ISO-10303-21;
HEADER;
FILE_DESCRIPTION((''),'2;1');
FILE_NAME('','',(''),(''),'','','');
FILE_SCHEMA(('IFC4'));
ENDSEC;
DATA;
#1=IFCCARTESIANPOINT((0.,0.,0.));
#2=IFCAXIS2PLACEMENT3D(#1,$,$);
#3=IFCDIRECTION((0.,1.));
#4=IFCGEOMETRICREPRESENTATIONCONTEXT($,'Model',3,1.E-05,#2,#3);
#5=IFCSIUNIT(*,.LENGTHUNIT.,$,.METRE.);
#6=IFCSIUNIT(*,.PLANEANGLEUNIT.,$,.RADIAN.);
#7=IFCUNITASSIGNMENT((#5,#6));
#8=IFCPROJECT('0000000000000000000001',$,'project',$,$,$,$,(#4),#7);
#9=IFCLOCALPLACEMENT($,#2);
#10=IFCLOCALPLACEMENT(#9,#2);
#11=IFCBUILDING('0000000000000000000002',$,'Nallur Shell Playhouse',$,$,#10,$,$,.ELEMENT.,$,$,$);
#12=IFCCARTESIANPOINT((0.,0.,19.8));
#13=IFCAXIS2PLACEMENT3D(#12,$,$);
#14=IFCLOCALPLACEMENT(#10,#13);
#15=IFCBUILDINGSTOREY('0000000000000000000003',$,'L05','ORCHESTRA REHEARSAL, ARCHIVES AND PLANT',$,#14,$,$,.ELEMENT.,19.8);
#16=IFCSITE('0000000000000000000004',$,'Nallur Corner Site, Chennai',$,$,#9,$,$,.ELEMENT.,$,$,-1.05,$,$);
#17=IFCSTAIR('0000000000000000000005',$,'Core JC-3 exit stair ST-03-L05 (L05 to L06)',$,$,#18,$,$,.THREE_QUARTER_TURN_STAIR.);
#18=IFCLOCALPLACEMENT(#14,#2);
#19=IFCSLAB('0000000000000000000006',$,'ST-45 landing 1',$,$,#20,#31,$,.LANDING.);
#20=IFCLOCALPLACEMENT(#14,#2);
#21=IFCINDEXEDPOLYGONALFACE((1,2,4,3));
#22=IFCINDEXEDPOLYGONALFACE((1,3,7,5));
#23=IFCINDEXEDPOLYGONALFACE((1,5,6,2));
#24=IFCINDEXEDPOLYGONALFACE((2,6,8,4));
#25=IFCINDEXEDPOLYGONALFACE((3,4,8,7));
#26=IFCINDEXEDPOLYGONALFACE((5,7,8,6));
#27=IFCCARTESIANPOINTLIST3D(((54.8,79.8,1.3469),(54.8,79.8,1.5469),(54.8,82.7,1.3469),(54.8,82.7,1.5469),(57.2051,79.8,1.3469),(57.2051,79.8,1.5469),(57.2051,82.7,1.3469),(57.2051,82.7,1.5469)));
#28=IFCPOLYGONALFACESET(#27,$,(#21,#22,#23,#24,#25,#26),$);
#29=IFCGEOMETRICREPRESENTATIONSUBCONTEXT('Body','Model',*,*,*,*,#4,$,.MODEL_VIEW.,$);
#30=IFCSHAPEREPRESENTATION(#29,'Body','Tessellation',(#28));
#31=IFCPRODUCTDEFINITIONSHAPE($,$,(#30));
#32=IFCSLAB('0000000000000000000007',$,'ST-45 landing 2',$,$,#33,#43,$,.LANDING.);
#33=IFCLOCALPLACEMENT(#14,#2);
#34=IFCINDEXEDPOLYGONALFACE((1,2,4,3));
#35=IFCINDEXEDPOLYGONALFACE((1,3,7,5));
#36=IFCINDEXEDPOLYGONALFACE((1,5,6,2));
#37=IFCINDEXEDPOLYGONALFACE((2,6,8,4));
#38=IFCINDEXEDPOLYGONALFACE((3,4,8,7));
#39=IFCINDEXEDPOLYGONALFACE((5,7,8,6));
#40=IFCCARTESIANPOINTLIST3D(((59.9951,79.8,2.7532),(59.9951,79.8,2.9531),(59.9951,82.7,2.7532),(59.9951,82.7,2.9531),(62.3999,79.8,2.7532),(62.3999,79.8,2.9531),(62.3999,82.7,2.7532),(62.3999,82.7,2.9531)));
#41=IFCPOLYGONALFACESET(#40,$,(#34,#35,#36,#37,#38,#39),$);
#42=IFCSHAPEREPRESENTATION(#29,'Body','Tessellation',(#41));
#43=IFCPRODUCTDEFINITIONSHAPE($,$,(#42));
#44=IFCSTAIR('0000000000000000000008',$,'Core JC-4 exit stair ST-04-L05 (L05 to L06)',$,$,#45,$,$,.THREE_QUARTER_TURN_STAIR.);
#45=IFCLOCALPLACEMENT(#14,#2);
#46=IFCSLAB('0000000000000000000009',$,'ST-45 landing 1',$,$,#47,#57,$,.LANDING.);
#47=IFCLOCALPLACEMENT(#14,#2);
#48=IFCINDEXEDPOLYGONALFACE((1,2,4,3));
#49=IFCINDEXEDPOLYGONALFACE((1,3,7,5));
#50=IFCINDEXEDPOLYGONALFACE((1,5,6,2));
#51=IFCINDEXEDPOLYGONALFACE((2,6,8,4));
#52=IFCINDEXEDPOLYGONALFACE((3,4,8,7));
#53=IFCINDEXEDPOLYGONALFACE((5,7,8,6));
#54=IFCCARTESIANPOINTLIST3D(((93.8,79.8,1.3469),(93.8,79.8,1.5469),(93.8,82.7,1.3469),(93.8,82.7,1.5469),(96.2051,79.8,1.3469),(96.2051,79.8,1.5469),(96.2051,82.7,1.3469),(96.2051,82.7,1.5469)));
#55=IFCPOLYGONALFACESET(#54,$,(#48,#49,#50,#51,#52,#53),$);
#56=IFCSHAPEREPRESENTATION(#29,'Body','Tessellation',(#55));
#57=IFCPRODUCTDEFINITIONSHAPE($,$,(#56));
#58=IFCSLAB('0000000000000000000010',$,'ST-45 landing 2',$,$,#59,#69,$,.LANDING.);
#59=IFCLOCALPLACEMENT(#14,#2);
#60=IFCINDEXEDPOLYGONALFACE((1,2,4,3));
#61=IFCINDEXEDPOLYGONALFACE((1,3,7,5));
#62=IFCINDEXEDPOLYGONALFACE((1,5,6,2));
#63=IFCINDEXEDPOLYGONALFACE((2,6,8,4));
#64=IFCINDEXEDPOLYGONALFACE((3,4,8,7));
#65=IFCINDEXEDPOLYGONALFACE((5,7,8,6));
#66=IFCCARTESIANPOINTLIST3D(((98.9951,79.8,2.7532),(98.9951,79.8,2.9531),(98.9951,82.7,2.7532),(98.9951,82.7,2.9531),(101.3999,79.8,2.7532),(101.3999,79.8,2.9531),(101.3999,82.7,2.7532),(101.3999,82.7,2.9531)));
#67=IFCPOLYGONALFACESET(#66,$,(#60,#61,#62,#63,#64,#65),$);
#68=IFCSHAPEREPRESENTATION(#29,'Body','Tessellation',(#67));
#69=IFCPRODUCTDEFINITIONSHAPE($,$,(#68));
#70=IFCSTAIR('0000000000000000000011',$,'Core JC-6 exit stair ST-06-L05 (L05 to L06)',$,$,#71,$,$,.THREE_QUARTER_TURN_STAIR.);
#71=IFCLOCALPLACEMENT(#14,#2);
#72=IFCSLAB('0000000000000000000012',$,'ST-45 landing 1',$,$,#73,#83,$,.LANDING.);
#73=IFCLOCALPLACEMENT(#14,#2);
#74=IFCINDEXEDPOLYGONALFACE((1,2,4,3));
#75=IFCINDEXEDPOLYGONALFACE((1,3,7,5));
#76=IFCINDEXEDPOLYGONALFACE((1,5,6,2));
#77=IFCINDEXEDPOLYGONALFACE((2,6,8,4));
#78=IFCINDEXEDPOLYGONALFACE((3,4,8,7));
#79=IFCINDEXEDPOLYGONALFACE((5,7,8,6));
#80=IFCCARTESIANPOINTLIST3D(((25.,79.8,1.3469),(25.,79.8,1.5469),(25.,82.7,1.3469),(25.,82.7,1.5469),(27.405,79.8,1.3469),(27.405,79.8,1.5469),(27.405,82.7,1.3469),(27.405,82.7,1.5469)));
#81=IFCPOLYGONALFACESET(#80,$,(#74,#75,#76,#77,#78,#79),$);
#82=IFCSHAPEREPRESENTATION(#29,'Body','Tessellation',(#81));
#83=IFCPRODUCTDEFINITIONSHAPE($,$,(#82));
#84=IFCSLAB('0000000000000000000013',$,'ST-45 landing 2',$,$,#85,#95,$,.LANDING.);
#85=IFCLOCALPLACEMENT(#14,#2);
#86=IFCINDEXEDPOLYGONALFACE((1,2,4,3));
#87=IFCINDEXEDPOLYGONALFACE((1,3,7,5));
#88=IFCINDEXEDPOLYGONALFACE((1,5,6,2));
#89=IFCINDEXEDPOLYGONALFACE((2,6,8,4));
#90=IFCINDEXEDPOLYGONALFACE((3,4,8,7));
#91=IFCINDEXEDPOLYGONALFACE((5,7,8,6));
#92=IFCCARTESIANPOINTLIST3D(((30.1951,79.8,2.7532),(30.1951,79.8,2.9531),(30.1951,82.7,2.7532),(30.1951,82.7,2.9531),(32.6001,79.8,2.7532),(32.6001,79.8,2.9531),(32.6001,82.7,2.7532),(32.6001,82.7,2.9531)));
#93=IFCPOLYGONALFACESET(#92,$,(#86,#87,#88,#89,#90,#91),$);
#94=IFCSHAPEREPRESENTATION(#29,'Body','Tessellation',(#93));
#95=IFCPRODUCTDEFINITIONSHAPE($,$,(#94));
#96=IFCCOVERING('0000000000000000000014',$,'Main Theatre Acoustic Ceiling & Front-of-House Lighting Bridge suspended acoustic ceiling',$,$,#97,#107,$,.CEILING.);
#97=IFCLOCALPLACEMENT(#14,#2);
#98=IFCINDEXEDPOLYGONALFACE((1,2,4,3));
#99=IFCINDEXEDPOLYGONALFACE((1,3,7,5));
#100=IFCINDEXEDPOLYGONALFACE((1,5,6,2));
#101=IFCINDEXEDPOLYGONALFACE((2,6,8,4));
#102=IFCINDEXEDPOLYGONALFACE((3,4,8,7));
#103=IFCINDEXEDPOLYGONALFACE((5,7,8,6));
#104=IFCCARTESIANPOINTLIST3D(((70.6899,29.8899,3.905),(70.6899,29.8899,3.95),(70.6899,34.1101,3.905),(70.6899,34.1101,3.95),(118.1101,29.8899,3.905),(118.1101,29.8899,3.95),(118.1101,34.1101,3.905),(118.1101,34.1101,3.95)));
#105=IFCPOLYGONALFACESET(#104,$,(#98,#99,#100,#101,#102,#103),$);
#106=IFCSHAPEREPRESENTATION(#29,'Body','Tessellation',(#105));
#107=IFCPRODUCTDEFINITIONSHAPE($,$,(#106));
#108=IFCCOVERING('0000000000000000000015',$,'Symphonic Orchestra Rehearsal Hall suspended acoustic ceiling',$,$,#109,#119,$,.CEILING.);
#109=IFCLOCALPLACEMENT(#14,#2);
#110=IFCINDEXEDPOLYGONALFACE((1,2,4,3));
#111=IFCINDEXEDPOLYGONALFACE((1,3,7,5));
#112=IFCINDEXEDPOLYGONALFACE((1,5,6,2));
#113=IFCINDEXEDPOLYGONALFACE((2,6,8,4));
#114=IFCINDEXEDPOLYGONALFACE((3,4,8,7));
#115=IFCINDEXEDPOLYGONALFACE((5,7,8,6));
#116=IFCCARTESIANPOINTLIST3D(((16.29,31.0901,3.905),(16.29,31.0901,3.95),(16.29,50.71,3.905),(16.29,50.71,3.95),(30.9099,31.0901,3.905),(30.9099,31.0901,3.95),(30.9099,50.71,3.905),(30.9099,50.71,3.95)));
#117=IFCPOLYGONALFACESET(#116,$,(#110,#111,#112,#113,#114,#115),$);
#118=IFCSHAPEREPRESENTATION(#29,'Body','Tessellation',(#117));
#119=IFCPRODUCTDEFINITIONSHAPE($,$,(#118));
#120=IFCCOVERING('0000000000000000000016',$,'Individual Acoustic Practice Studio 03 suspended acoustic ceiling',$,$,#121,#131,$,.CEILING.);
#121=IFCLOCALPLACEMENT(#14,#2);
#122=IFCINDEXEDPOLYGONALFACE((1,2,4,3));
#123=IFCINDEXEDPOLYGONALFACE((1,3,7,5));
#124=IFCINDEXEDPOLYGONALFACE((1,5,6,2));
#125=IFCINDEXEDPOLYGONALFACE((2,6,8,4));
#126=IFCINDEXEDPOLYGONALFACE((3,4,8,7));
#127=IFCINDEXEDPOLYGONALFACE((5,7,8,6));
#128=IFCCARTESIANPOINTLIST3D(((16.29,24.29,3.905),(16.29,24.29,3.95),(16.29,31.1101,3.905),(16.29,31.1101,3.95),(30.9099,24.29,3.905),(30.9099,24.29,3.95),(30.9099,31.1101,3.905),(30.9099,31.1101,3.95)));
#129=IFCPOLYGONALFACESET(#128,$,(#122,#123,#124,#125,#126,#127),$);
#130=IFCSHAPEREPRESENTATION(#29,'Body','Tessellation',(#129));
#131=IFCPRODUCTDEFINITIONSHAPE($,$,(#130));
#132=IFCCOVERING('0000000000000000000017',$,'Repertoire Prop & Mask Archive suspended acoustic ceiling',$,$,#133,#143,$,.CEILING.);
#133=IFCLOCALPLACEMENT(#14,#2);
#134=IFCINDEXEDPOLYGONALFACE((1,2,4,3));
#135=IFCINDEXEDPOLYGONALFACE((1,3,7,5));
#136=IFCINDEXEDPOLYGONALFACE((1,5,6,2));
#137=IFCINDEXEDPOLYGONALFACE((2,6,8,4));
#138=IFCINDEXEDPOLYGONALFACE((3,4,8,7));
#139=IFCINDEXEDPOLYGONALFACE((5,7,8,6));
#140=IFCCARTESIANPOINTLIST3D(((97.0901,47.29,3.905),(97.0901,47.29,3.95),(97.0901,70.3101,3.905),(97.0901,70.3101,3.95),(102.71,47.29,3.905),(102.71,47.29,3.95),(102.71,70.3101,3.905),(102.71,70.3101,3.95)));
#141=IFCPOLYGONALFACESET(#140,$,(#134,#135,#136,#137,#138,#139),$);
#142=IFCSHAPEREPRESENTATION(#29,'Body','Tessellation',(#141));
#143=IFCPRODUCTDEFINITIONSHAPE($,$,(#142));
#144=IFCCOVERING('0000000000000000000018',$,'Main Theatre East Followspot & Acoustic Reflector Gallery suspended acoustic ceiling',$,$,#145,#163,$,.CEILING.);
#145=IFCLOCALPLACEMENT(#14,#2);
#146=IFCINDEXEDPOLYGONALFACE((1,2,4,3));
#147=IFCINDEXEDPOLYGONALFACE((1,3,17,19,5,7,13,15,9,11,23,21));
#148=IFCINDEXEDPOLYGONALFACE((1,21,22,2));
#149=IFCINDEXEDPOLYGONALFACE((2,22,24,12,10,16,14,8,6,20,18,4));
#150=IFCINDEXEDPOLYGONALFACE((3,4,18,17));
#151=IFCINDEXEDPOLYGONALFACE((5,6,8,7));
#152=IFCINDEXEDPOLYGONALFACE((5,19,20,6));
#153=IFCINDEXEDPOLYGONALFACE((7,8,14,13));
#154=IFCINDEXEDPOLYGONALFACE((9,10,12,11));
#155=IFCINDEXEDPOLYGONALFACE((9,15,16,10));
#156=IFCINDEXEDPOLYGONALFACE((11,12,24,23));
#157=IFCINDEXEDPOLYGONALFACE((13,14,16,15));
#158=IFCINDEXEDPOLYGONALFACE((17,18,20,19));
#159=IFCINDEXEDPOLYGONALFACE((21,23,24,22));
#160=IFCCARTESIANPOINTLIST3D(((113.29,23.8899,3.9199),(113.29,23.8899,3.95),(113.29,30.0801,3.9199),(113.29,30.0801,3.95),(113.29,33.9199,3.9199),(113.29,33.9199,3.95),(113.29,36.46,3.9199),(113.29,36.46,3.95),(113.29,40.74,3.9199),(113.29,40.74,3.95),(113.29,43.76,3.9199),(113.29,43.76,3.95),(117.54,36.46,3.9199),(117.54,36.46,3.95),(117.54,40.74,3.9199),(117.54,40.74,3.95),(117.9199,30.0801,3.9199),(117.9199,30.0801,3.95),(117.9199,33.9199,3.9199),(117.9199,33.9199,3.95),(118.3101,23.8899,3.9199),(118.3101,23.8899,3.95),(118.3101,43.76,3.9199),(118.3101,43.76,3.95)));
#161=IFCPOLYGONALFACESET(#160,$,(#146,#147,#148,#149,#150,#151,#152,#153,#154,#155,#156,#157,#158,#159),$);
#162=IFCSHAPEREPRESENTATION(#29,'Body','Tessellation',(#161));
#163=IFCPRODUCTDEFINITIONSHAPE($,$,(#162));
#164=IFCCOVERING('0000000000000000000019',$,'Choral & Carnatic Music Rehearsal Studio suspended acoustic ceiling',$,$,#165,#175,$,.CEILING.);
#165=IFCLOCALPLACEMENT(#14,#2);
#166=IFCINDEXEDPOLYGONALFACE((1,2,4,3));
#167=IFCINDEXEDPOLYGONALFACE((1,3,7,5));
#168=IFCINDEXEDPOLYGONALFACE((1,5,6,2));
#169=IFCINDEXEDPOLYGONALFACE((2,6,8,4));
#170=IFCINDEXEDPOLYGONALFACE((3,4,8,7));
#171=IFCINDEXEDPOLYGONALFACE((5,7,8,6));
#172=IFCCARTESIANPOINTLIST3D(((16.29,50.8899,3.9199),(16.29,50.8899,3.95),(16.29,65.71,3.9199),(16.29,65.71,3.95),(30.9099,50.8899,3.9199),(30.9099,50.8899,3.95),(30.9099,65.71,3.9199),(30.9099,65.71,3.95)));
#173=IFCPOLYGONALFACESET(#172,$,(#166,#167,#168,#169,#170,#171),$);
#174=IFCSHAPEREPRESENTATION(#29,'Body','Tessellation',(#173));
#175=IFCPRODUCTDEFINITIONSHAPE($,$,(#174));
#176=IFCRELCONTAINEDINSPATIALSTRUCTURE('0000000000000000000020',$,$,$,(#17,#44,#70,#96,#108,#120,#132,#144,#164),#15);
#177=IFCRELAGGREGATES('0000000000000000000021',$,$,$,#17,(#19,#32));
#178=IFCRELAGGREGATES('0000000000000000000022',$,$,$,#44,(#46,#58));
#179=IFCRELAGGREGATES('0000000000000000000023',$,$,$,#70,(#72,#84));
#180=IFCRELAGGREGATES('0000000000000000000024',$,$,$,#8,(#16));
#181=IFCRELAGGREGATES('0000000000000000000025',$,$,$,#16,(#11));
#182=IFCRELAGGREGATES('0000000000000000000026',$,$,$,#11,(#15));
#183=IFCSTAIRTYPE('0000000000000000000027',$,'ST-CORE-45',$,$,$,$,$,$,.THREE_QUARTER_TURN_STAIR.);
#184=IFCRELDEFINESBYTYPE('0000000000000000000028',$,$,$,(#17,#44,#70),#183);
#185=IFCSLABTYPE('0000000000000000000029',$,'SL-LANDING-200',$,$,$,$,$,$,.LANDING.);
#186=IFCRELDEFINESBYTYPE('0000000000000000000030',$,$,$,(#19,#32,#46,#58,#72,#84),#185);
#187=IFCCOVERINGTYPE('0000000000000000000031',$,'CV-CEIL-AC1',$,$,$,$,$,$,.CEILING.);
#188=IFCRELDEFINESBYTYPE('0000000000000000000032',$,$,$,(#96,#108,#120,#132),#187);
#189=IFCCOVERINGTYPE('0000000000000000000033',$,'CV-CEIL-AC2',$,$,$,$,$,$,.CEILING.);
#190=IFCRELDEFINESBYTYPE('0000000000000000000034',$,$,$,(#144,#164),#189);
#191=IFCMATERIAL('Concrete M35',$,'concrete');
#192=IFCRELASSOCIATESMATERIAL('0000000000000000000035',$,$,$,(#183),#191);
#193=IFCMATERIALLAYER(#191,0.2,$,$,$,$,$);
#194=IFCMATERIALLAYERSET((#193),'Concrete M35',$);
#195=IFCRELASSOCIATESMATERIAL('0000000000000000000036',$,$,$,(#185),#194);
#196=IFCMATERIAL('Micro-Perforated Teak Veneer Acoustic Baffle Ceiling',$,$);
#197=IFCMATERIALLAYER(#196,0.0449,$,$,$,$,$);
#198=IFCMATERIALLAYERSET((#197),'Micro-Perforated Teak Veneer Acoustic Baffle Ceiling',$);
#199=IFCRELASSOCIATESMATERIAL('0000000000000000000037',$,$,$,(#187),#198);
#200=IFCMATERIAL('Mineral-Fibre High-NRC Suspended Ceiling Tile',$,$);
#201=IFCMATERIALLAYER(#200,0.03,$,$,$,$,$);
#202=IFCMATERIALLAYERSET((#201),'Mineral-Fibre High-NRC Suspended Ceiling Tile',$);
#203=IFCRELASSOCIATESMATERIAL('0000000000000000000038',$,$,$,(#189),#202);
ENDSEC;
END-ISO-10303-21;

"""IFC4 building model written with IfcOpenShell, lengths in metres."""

from ifc_helpers import new_model, si_unit, direction, frame, origin, place, context, subcontext, project, spatial, polyline, outline, extrude, material, layer, layer_set, type_object, element, aggregate, save


model = new_model("IFC4")

# Units and contexts
model_context = context("Model", 3, precision=1e-05, world=origin(), true_north=direction((0.0, 1.0)))
body_context = subcontext(model_context, "Body", "Model", "MODEL_VIEW")
ifc_project = project(units=[si_unit("LENGTHUNIT", "METRE"), si_unit("PLANEANGLEUNIT", "RADIAN")], contexts=[model_context])

# Site, building, storey
site_placement = place(None, origin())
site = spatial("IfcSite", under=ifc_project, at=site_placement, Name="Nallur Corner Site, Chennai", CompositionType="ELEMENT", RefElevation=-1.05)
building_placement = place(site_placement, origin())
building = spatial("IfcBuilding", under=site, at=building_placement, Name="Nallur Shell Playhouse", CompositionType="ELEMENT")
storey_placement = place(building_placement, frame((0.0, 0.0, 19.8)))
storey = spatial("IfcBuildingStorey", under=building, at=storey_placement, Name="L05", Description="ORCHESTRA REHEARSAL, ARCHIVES AND PLANT", CompositionType="ELEMENT", Elevation=19.8)

# Stairs, slabs
ifc_material_1 = material(Name="Concrete M35", Category="concrete")
stair_type = type_object("IfcStairType", Name="ST-CORE-45", PredefinedType="THREE_QUARTER_TURN_STAIR", material=ifc_material_1)
stair_1_placement = place(storey_placement, origin())
stair_1 = element("IfcStair", 1, at=stair_1_placement, inside=storey, type_object=stair_type, Name="Core JC-3 exit stair ST-03-L05 (L05 to L06)", PredefinedType="THREE_QUARTER_TURN_STAIR")
ifc_layer_1 = layer(ifc_material_1, 0.2)
ifc_layer_set_1 = layer_set([ifc_layer_1], Name="Concrete M35")
slab_type = type_object("IfcSlabType", Name="SL-LANDING-200", PredefinedType="LANDING", material=ifc_layer_set_1)
slab_1_placement = place(storey_placement, frame((0.0, 0.0, 1.3469)))
slab_1 = element("IfcSlab", 2, at=slab_1_placement, type_object=slab_type, Name="ST-45 landing 1", PredefinedType="LANDING", context=body_context, shape_type="SweptSolid", body=[
    extrude(outline(polyline([(54.8, 79.8), (57.2051, 79.8), (57.2051, 82.7), (54.8, 82.7), (54.8, 79.8)])), origin(), (0.0, 0.0, 1.0), 0.2),
])
slab_2_placement = place(storey_placement, frame((0.0, 0.0, 2.7532)))
slab_2 = element("IfcSlab", 3, at=slab_2_placement, type_object=slab_type, Name="ST-45 landing 2", PredefinedType="LANDING", context=body_context, shape_type="SweptSolid", body=[
    extrude(outline(polyline([(59.9951, 79.8), (62.3999, 79.8), (62.3999, 82.7), (59.9951, 82.7), (59.9951, 79.8)])), origin(), (0.0, 0.0, 1.0), 0.2),
])
aggregate(stair_1, [slab_1, slab_2])
stair_2_placement = place(storey_placement, origin())
stair_2 = element("IfcStair", 4, at=stair_2_placement, inside=storey, type_object=stair_type, Name="Core JC-4 exit stair ST-04-L05 (L05 to L06)", PredefinedType="THREE_QUARTER_TURN_STAIR")
slab_3_placement = place(storey_placement, frame((0.0, 0.0, 1.3469)))
slab_3 = element("IfcSlab", 5, at=slab_3_placement, type_object=slab_type, Name="ST-45 landing 1", PredefinedType="LANDING", context=body_context, shape_type="SweptSolid", body=[
    extrude(outline(polyline([(93.8, 79.8), (96.2051, 79.8), (96.2051, 82.7), (93.8, 82.7), (93.8, 79.8)])), origin(), (0.0, 0.0, 1.0), 0.2),
])
slab_4_placement = place(storey_placement, frame((0.0, 0.0, 2.7532)))
slab_4 = element("IfcSlab", 6, at=slab_4_placement, type_object=slab_type, Name="ST-45 landing 2", PredefinedType="LANDING", context=body_context, shape_type="SweptSolid", body=[
    extrude(outline(polyline([(98.9951, 79.8), (101.3999, 79.8), (101.3999, 82.7), (98.9951, 82.7), (98.9951, 79.8)])), origin(), (0.0, 0.0, 1.0), 0.2),
])
aggregate(stair_2, [slab_3, slab_4])
stair_3_placement = place(storey_placement, origin())
stair_3 = element("IfcStair", 7, at=stair_3_placement, inside=storey, type_object=stair_type, Name="Core JC-6 exit stair ST-06-L05 (L05 to L06)", PredefinedType="THREE_QUARTER_TURN_STAIR")
slab_5_placement = place(storey_placement, frame((0.0, 0.0, 1.3469)))
slab_5 = element("IfcSlab", 8, at=slab_5_placement, type_object=slab_type, Name="ST-45 landing 1", PredefinedType="LANDING", context=body_context, shape_type="SweptSolid", body=[
    extrude(outline(polyline([(25.0, 79.8), (27.405, 79.8), (27.405, 82.7), (25.0, 82.7), (25.0, 79.8)])), origin(), (0.0, 0.0, 1.0), 0.2),
])
slab_6_placement = place(storey_placement, frame((0.0, 0.0, 2.7532)))
slab_6 = element("IfcSlab", 9, at=slab_6_placement, type_object=slab_type, Name="ST-45 landing 2", PredefinedType="LANDING", context=body_context, shape_type="SweptSolid", body=[
    extrude(outline(polyline([(30.1951, 79.8), (32.6001, 79.8), (32.6001, 82.7), (30.1951, 82.7), (30.1951, 79.8)])), origin(), (0.0, 0.0, 1.0), 0.2),
])
aggregate(stair_3, [slab_5, slab_6])

# Coverings
ifc_material_2 = material(Name="Micro-Perforated Teak Veneer Acoustic Baffle Ceiling")
ifc_layer_2 = layer(ifc_material_2, 0.0449)
ifc_layer_set_2 = layer_set([ifc_layer_2], Name="Micro-Perforated Teak Veneer Acoustic Baffle Ceiling")
covering_type_1 = type_object("IfcCoveringType", Name="CV-CEIL-AC1", PredefinedType="CEILING", material=ifc_layer_set_2)
covering_1_placement = place(storey_placement, frame((0.0, 0.0, 3.905)))
element("IfcCovering", 10, at=covering_1_placement, inside=storey, type_object=covering_type_1, Name="Main Theatre Acoustic Ceiling & Front-of-House Lighting Bridge suspended acoustic ceiling", PredefinedType="CEILING", context=body_context, shape_type="SweptSolid", body=[
    extrude(outline(polyline([(118.1101, 29.8899), (70.6899, 29.8899), (70.6899, 34.1101), (118.1101, 34.1101), (118.1101, 29.8899)])), origin(), (0.0, 0.0, 1.0), 0.0449),
])
covering_2_placement = place(storey_placement, frame((0.0, 0.0, 3.905)))
element("IfcCovering", 11, at=covering_2_placement, inside=storey, type_object=covering_type_1, Name="Symphonic Orchestra Rehearsal Hall suspended acoustic ceiling", PredefinedType="CEILING", context=body_context, shape_type="SweptSolid", body=[
    extrude(outline(polyline([(30.9099, 31.0901), (16.29, 31.0901), (16.29, 50.71), (30.9099, 50.71), (30.9099, 31.0901)])), origin(), (0.0, 0.0, 1.0), 0.0449),
])
covering_3_placement = place(storey_placement, frame((0.0, 0.0, 3.905)))
element("IfcCovering", 12, at=covering_3_placement, inside=storey, type_object=covering_type_1, Name="Individual Acoustic Practice Studio 03 suspended acoustic ceiling", PredefinedType="CEILING", context=body_context, shape_type="SweptSolid", body=[
    extrude(outline(polyline([(30.9099, 24.29), (16.29, 24.29), (16.29, 31.1101), (30.9099, 31.1101), (30.9099, 24.29)])), origin(), (0.0, 0.0, 1.0), 0.0449),
])
covering_4_placement = place(storey_placement, frame((0.0, 0.0, 3.905)))
element("IfcCovering", 13, at=covering_4_placement, inside=storey, type_object=covering_type_1, Name="Repertoire Prop & Mask Archive suspended acoustic ceiling", PredefinedType="CEILING", context=body_context, shape_type="SweptSolid", body=[
    extrude(outline(polyline([(102.71, 47.29), (97.0901, 47.29), (97.0901, 70.3101), (102.71, 70.3101), (102.71, 47.29)])), origin(), (0.0, 0.0, 1.0), 0.0449),
])
ifc_material_3 = material(Name="Mineral-Fibre High-NRC Suspended Ceiling Tile")
ifc_layer_3 = layer(ifc_material_3, 0.03)
ifc_layer_set_3 = layer_set([ifc_layer_3], Name="Mineral-Fibre High-NRC Suspended Ceiling Tile")
covering_type_2 = type_object("IfcCoveringType", Name="CV-CEIL-AC2", PredefinedType="CEILING", material=ifc_layer_set_3)
covering_5_placement = place(storey_placement, frame((0.0, 0.0, 3.9199)))
element("IfcCovering", 14, at=covering_5_placement, inside=storey, type_object=covering_type_2, Name="Main Theatre East Followspot & Acoustic Reflector Gallery suspended acoustic ceiling", PredefinedType="CEILING", context=body_context, shape_type="SweptSolid", body=[
    extrude(outline(polyline([(113.29, 23.8899), (113.29, 30.0801), (117.9199, 30.0801), (117.9199, 33.9199), (113.29, 33.9199), (113.29, 36.46), (117.54, 36.46), (117.54, 40.74), (113.29, 40.74), (113.29, 43.76), (118.3101, 43.76), (118.3101, 23.8899), (113.29, 23.8899)])), origin(), (0.0, 0.0, 1.0), 0.03),
])
covering_6_placement = place(storey_placement, frame((0.0, 0.0, 3.9199)))
element("IfcCovering", 15, at=covering_6_placement, inside=storey, type_object=covering_type_2, Name="Choral & Carnatic Music Rehearsal Studio suspended acoustic ceiling", PredefinedType="CEILING", context=body_context, shape_type="SweptSolid", body=[
    extrude(outline(polyline([(30.9099, 50.8899), (16.29, 50.8899), (16.29, 65.71), (30.9099, 65.71), (30.9099, 50.8899)])), origin(), (0.0, 0.0, 1.0), 0.03),
])

save(model, "model.ifc")
